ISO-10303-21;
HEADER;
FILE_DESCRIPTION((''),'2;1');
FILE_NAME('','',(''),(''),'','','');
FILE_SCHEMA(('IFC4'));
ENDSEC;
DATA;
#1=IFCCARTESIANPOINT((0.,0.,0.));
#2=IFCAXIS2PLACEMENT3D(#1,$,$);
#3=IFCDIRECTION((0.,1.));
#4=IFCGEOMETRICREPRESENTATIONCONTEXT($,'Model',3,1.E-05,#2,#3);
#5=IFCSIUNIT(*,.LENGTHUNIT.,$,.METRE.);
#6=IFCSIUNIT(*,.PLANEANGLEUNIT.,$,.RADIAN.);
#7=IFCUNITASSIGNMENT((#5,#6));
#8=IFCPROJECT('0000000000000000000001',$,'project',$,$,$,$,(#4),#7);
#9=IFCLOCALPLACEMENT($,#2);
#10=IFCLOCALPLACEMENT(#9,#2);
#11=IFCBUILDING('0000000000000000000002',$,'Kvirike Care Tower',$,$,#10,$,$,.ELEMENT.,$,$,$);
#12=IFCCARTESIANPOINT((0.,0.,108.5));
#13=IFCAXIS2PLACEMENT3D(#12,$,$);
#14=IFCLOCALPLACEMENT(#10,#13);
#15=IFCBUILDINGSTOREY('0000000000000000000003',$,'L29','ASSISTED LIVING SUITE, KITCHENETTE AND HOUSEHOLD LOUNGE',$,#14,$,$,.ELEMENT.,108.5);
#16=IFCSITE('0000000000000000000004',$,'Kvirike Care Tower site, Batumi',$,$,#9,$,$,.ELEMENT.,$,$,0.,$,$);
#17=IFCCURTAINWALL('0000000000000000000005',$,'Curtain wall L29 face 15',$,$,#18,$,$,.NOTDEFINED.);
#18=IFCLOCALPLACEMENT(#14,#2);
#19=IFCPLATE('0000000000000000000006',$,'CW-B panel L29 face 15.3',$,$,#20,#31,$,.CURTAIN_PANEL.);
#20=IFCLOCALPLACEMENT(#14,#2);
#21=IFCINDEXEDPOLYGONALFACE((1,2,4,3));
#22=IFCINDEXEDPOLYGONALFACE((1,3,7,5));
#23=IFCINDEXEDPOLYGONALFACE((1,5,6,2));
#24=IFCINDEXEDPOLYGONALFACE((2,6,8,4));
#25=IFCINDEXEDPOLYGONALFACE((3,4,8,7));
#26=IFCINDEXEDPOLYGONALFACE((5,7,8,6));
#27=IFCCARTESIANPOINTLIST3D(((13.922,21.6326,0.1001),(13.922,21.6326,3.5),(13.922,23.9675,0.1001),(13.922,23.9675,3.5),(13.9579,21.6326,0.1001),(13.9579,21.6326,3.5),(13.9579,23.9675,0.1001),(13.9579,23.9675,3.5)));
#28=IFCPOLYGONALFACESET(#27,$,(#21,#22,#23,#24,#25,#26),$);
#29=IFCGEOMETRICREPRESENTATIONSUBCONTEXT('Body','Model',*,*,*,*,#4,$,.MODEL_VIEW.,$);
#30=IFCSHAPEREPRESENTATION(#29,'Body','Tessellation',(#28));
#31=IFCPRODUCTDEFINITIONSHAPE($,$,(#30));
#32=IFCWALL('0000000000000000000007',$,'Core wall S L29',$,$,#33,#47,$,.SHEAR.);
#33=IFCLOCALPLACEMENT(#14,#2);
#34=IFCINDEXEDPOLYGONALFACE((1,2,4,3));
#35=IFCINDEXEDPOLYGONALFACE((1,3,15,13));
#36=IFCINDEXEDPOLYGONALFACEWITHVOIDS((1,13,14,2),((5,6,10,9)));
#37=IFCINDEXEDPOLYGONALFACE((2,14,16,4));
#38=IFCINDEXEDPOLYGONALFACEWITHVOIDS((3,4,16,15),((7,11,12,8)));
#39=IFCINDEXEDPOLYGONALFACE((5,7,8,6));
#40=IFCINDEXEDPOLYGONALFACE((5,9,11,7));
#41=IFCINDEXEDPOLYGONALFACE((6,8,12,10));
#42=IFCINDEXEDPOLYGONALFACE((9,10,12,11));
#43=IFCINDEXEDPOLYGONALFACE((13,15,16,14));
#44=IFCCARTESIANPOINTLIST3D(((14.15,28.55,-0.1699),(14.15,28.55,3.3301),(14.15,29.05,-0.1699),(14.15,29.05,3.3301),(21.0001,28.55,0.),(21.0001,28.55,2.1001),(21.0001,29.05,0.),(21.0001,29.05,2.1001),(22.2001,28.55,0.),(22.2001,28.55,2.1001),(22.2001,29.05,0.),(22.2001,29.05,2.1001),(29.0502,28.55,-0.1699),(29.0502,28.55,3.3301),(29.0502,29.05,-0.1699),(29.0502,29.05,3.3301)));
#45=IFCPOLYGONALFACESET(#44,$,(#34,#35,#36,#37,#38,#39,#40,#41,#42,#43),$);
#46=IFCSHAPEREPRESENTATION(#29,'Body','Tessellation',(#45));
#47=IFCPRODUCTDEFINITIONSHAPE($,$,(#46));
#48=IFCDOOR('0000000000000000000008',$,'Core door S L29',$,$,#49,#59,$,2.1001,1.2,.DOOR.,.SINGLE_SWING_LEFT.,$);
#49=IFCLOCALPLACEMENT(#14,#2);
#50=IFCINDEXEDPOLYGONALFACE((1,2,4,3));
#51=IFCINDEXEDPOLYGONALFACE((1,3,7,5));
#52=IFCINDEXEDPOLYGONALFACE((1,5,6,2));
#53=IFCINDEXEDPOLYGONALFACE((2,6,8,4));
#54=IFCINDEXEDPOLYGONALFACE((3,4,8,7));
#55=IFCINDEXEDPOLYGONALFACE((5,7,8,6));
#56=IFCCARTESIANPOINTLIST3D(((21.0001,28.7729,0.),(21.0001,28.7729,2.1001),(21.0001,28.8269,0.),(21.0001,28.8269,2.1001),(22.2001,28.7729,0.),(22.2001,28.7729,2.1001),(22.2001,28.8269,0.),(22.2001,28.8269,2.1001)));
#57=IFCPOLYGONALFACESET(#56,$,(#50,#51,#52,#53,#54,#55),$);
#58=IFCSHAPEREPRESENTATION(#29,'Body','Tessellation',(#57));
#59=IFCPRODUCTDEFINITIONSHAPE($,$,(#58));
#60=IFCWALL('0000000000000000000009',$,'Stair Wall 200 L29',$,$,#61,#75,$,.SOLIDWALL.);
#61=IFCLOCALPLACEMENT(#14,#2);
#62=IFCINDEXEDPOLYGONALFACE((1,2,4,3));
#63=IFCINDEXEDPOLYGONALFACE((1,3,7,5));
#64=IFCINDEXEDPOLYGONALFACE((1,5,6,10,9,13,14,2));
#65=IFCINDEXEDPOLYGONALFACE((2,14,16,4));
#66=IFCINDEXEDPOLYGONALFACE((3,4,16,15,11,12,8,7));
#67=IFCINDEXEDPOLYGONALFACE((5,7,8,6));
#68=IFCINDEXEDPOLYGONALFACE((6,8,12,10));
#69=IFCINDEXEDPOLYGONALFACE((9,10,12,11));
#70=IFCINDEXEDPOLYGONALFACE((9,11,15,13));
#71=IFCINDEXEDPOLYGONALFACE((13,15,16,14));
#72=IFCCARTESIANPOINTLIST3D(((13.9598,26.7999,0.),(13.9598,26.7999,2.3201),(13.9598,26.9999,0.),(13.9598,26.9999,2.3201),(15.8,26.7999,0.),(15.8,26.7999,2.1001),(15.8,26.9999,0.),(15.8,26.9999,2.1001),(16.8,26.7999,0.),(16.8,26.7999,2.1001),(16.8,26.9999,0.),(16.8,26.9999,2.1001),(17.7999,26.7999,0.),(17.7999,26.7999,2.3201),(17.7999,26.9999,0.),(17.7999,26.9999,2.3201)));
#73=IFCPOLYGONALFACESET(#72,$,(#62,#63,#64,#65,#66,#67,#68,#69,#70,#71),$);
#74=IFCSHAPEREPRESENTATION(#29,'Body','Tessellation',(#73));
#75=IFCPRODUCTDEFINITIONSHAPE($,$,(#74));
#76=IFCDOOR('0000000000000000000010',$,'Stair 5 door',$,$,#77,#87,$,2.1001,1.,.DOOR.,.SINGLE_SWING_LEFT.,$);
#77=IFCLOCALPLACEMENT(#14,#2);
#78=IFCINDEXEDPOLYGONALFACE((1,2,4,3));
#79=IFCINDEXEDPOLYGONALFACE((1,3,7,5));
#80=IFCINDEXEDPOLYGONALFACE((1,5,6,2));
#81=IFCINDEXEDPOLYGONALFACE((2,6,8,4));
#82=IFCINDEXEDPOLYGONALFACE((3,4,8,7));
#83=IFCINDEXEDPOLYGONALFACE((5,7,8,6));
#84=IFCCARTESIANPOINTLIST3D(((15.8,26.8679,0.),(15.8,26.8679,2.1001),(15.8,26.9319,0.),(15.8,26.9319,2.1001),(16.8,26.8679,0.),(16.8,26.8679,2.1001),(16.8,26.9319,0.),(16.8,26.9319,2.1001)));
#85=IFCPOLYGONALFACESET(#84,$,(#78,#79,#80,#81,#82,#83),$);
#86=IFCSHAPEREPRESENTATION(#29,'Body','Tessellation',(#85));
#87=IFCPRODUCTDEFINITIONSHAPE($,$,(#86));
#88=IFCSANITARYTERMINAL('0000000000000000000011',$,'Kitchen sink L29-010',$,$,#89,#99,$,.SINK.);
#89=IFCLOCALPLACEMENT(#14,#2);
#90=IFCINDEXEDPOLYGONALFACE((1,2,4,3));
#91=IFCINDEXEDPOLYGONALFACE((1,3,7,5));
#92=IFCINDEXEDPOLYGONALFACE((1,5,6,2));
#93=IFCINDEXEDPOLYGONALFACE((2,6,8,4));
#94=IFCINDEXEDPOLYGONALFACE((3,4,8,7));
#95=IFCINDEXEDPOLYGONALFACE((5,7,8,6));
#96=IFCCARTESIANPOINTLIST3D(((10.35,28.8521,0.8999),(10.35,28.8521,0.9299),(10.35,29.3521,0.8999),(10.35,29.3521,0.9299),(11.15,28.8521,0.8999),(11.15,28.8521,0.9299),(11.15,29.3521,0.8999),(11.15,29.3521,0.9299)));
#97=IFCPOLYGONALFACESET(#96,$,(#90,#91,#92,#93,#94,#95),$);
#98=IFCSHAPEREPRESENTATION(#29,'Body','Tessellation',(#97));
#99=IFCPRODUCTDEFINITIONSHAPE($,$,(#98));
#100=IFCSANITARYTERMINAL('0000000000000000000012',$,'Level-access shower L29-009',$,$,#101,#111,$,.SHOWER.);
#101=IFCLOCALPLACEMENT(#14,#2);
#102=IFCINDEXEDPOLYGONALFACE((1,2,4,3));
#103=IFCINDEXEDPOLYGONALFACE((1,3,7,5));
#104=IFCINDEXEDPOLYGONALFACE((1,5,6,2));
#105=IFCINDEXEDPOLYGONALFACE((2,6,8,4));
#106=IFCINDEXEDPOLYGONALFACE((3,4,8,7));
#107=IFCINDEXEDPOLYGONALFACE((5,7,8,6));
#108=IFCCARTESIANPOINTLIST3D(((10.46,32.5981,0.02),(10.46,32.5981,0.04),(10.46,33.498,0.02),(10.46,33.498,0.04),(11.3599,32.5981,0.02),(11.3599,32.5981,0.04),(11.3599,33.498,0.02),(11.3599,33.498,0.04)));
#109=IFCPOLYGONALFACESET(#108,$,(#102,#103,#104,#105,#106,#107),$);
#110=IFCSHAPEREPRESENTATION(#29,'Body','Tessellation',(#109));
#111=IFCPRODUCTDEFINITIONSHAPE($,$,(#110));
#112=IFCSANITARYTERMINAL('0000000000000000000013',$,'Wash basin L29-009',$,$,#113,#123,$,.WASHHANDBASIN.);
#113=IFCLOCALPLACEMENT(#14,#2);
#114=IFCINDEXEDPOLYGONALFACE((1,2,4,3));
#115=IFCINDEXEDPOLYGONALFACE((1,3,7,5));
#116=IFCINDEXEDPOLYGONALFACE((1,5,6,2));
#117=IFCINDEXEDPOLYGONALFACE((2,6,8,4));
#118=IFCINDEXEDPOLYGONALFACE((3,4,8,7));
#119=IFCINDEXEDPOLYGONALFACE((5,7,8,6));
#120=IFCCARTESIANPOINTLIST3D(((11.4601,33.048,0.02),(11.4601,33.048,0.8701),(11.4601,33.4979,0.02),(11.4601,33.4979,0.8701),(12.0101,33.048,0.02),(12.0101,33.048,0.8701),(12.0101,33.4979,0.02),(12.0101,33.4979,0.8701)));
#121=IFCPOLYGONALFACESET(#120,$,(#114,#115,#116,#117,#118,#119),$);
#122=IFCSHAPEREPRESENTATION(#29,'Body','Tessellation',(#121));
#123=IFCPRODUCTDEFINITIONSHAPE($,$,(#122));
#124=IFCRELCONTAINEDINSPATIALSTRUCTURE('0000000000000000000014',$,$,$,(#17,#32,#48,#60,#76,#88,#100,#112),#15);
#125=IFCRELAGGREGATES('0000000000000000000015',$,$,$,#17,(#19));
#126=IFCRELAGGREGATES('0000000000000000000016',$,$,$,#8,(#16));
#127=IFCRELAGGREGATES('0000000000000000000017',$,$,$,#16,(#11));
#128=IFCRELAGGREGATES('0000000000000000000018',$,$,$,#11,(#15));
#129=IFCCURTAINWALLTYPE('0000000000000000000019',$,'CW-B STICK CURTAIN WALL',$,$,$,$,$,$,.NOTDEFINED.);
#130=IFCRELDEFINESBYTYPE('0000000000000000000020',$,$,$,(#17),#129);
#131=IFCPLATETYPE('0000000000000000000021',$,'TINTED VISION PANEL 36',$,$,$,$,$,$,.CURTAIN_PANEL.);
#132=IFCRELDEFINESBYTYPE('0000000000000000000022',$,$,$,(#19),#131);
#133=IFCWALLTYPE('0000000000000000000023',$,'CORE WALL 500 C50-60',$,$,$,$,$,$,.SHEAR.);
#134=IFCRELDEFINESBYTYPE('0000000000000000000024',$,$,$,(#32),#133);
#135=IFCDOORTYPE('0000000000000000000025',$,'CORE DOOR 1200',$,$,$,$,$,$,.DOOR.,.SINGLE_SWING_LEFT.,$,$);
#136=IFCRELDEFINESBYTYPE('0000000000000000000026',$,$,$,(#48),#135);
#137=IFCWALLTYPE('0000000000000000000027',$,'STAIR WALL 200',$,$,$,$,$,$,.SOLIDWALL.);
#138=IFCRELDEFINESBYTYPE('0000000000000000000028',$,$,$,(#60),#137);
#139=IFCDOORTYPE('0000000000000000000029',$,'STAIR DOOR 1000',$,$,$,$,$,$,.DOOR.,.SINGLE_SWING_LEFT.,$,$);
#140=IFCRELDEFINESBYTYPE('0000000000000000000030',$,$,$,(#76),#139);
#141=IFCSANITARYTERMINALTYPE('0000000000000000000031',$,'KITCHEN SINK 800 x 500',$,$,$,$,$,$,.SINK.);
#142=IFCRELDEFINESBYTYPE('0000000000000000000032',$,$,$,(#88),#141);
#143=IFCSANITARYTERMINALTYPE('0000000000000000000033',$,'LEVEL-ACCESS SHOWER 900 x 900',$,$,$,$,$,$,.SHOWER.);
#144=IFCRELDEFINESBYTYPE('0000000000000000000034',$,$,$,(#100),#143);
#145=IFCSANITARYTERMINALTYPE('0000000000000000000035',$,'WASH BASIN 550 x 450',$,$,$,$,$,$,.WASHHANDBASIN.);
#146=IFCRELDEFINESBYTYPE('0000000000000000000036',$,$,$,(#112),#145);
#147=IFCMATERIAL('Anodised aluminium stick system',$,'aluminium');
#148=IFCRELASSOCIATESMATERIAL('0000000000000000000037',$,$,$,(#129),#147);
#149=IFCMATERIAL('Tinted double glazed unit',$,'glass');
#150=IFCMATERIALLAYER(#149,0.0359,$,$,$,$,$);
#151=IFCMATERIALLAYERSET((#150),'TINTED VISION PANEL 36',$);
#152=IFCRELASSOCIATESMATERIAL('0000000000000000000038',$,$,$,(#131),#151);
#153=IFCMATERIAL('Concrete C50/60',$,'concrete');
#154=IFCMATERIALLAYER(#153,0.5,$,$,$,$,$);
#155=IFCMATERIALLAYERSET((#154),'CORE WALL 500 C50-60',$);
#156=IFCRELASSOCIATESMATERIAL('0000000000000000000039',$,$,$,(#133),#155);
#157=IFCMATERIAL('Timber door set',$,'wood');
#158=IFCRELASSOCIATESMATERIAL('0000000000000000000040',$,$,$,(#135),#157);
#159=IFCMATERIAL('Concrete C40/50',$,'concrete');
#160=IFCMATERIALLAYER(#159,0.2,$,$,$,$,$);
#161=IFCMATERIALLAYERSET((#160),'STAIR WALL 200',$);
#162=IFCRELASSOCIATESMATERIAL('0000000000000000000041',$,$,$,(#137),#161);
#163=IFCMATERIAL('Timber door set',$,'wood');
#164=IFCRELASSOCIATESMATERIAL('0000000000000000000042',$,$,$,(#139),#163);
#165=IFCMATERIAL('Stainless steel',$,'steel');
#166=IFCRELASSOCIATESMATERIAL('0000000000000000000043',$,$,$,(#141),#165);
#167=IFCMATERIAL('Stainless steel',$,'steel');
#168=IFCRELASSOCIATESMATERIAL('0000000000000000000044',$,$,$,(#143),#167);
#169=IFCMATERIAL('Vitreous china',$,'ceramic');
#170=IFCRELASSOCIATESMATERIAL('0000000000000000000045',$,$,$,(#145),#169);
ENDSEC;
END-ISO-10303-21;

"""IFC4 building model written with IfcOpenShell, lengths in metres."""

from ifc_helpers import new_model, si_unit, direction, frame, frame_2d, origin, origin_2d, place, context, subcontext, project, spatial, rectangle, extrude, material, layer, layer_set, type_object, element, fill, aggregate, save


model = new_model("IFC4")

# Units and contexts
model_context = context("Model", 3, precision=1e-05, world=origin(), true_north=direction((0.0, 1.0)))
body_context = subcontext(model_context, "Body", "Model", "MODEL_VIEW")
ifc_project = project(units=[si_unit("LENGTHUNIT", "METRE"), si_unit("PLANEANGLEUNIT", "RADIAN")], contexts=[model_context])

# Site, building, storey
site_placement = place(None, origin())
site = spatial("IfcSite", under=ifc_project, at=site_placement, Name="Kvirike Care Tower site, Batumi", CompositionType="ELEMENT", RefElevation=0.0)
building_placement = place(site_placement, origin())
building = spatial("IfcBuilding", under=site, at=building_placement, Name="Kvirike Care Tower", CompositionType="ELEMENT")
storey_placement = place(building_placement, frame((0.0, 0.0, 108.5)))
storey = spatial("IfcBuildingStorey", under=building, at=storey_placement, Name="L29", Description="ASSISTED LIVING SUITE, KITCHENETTE AND HOUSEHOLD LOUNGE", CompositionType="ELEMENT", Elevation=108.5)

# Curtain wall
ifc_material_1 = material(Name="Anodised aluminium stick system", Category="aluminium")
curtain_wall_type = type_object("IfcCurtainWallType", Name="CW-B STICK CURTAIN WALL", PredefinedType="NOTDEFINED", material=ifc_material_1)
curtain_wall_1_placement = place(storey_placement, origin())
curtain_wall_1 = element("IfcCurtainWall", 1, at=curtain_wall_1_placement, inside=storey, type_object=curtain_wall_type, Name="Curtain wall L29 face 15", PredefinedType="NOTDEFINED")

# Plate
ifc_material_2 = material(Name="Tinted double glazed unit", Category="glass")
ifc_layer_1 = layer(ifc_material_2, 0.0359)
ifc_layer_set_1 = layer_set([ifc_layer_1], Name="TINTED VISION PANEL 36")
plate_type = type_object("IfcPlateType", Name="TINTED VISION PANEL 36", PredefinedType="CURTAIN_PANEL", material=ifc_layer_set_1)
plate_1_placement = place(storey_placement, frame((13.9399, 22.8, 0.1001), z_axis=(0.0, 0.0, 1.0), x_axis=(0.0, -1.0, 0.0)))
plate_1 = element("IfcPlate", 2, at=plate_1_placement, type_object=plate_type, Name="CW-B panel L29 face 15.3", PredefinedType="CURTAIN_PANEL", context=body_context, shape_type="SweptSolid", body=[
    extrude(rectangle(XDim=2.335, YDim=0.0359, at=origin_2d()), origin(), (0.0, 0.0, 1.0), 3.3999),
])
aggregate(curtain_wall_1, [plate_1])

# Walls, openings, doors
ifc_material_3 = material(Name="Concrete C50/60", Category="concrete")
ifc_layer_2 = layer(ifc_material_3, 0.5)
ifc_layer_set_2 = layer_set([ifc_layer_2], Name="CORE WALL 500 C50-60")
wall_type_1 = type_object("IfcWallType", Name="CORE WALL 500 C50-60", PredefinedType="SHEAR", material=ifc_layer_set_2)
wall_1_placement = place(storey_placement, frame((14.1499, 28.8, -0.1699), z_axis=(0.0, 0.0, 1.0), x_axis=(1.0, 0.0, 0.0)))
wall_1 = element("IfcWall", 3, at=wall_1_placement, inside=storey, type_object=wall_type_1, Name="Core wall S L29", PredefinedType="SHEAR", context=body_context, shape_type="SweptSolid", body=[
    extrude(rectangle(XDim=14.9001, YDim=0.5, at=frame_2d((7.4502, 0.0))), origin(), (0.0, 0.0, 1.0), 3.5),
])
opening_1_placement = place(wall_1_placement, frame((6.8501, 0.0, 0.1699)))
opening_1 = element("IfcOpeningElement", 4, at=opening_1_placement, cuts=wall_1, PredefinedType="OPENING", context=body_context, shape_type="SweptSolid", body=[
    extrude(rectangle(XDim=1.2, YDim=2.1001, at=frame_2d((0.6001, 1.05))), frame((0.0, 0.2605, 0.0), z_axis=(0.0, -1.0, 0.0), x_axis=(1.0, 0.0, 0.0)), (0.0, 0.0, 1.0), 0.521),
])
ifc_material_4 = material(Name="Timber door set", Category="wood")
door_type_1 = type_object("IfcDoorType", Name="CORE DOOR 1200", OperationType="SINGLE_SWING_LEFT", PredefinedType="DOOR", material=ifc_material_4)
door_1_placement = place(opening_1_placement, origin())
door_1 = element("IfcDoor", 5, at=door_1_placement, inside=storey, type_object=door_type_1, Name="Core door S L29", OperationType="SINGLE_SWING_LEFT", OverallHeight=2.1001, OverallWidth=1.2, PredefinedType="DOOR", context=body_context, shape_type="SweptSolid", body=[
    extrude(rectangle(XDim=1.2, YDim=2.1001, at=frame_2d((0.6001, 1.05))), frame((0.0, 0.0269, 0.0), z_axis=(0.0, -1.0, 0.0), x_axis=(1.0, 0.0, 0.0)), (0.0, 0.0, 1.0), 0.054),
])
fill(opening_1, door_1)
ifc_material_5 = material(Name="Concrete C40/50", Category="concrete")
ifc_layer_3 = layer(ifc_material_5, 0.2)
ifc_layer_set_3 = layer_set([ifc_layer_3], Name="STAIR WALL 200")
wall_type_2 = type_object("IfcWallType", Name="STAIR WALL 200", PredefinedType="SOLIDWALL", material=ifc_layer_set_3)
wall_2_placement = place(storey_placement, frame((13.96, 26.8999, 0.0), z_axis=(0.0, 0.0, 1.0), x_axis=(1.0, 0.0, 0.0)))
wall_2 = element("IfcWall", 6, at=wall_2_placement, inside=storey, type_object=wall_type_2, Name="Stair Wall 200 L29", PredefinedType="SOLIDWALL", context=body_context, shape_type="SweptSolid", body=[
    extrude(rectangle(XDim=3.8401, YDim=0.2, at=frame_2d((1.9199, 0.0))), origin(), (0.0, 0.0, 1.0), 2.3201),
])
opening_2_placement = place(wall_2_placement, frame((1.8401, 0.0, 0.0)))
opening_2 = element("IfcOpeningElement", 7, at=opening_2_placement, cuts=wall_2, PredefinedType="OPENING", context=body_context, shape_type="SweptSolid", body=[
    extrude(rectangle(XDim=1.0, YDim=2.1001, at=frame_2d((0.5, 1.05))), frame((0.0, 0.1106, 0.0), z_axis=(0.0, -1.0, 0.0), x_axis=(1.0, 0.0, 0.0)), (0.0, 0.0, 1.0), 0.2209),
])
ifc_material_6 = material(Name="Timber door set", Category="wood")
door_type_2 = type_object("IfcDoorType", Name="STAIR DOOR 1000", OperationType="SINGLE_SWING_LEFT", PredefinedType="DOOR", material=ifc_material_6)
door_2_placement = place(opening_2_placement, frame((1.0, 0.0, 0.0), z_axis=(0.0, 0.0, 1.0), x_axis=(-1.0, 0.0, 0.0)))
door_2 = element("IfcDoor", 8, at=door_2_placement, inside=storey, type_object=door_type_2, Name="Stair 5 door", OperationType="SINGLE_SWING_LEFT", OverallHeight=2.1001, OverallWidth=1.0, PredefinedType="DOOR", context=body_context, shape_type="SweptSolid", body=[
    extrude(rectangle(XDim=1.0, YDim=2.1001, at=frame_2d((0.5, 1.05))), frame((0.0, 0.032, 0.0), z_axis=(0.0, -1.0, 0.0), x_axis=(1.0, 0.0, 0.0)), (0.0, 0.0, 1.0), 0.064),
])
fill(opening_2, door_2)

# Sanitary terminals
ifc_material_7 = material(Name="Stainless steel", Category="steel")
sanitary_terminal_type_1 = type_object("IfcSanitaryTerminalType", Name="KITCHEN SINK 800 x 500", PredefinedType="SINK", material=ifc_material_7)
sanitary_terminal_1_placement = place(storey_placement, frame((10.75, 29.1021, 0.8999), z_axis=(0.0, 0.0, 1.0), x_axis=(-1.0, 0.0, 0.0)))
element("IfcSanitaryTerminal", 9, at=sanitary_terminal_1_placement, inside=storey, type_object=sanitary_terminal_type_1, Name="Kitchen sink L29-010", PredefinedType="SINK", context=body_context, shape_type="SweptSolid", body=[
    extrude(rectangle(XDim=0.8, YDim=0.5, at=origin_2d()), origin(), (0.0, 0.0, 1.0), 0.03),
])
ifc_material_8 = material(Name="Stainless steel", Category="steel")
sanitary_terminal_type_2 = type_object("IfcSanitaryTerminalType", Name="LEVEL-ACCESS SHOWER 900 x 900", PredefinedType="SHOWER", material=ifc_material_8)
sanitary_terminal_2_placement = place(storey_placement, frame((10.9099, 33.0481, 0.02), z_axis=(0.0, 0.0, 1.0), x_axis=(1.0, 0.0, 0.0)))
element("IfcSanitaryTerminal", 10, at=sanitary_terminal_2_placement, inside=storey, type_object=sanitary_terminal_type_2, Name="Level-access shower L29-009", PredefinedType="SHOWER", context=body_context, shape_type="SweptSolid", body=[
    extrude(rectangle(XDim=0.8999, YDim=0.8999, at=origin_2d()), origin(), (0.0, 0.0, 1.0), 0.02),
])
ifc_material_9 = material(Name="Vitreous china", Category="ceramic")
sanitary_terminal_type_3 = type_object("IfcSanitaryTerminalType", Name="WASH BASIN 550 x 450", PredefinedType="WASHHANDBASIN", material=ifc_material_9)
sanitary_terminal_3_placement = place(storey_placement, frame((11.7351, 33.2729, 0.02), z_axis=(0.0, 0.0, 1.0), x_axis=(1.0, 0.0, 0.0)))
element("IfcSanitaryTerminal", 11, at=sanitary_terminal_3_placement, inside=storey, type_object=sanitary_terminal_type_3, Name="Wash basin L29-009", PredefinedType="WASHHANDBASIN", context=body_context, shape_type="SweptSolid", body=[
    extrude(rectangle(XDim=0.55, YDim=0.45, at=origin_2d()), origin(), (0.0, 0.0, 1.0), 0.8501),
])

save(model, "model.ifc")
